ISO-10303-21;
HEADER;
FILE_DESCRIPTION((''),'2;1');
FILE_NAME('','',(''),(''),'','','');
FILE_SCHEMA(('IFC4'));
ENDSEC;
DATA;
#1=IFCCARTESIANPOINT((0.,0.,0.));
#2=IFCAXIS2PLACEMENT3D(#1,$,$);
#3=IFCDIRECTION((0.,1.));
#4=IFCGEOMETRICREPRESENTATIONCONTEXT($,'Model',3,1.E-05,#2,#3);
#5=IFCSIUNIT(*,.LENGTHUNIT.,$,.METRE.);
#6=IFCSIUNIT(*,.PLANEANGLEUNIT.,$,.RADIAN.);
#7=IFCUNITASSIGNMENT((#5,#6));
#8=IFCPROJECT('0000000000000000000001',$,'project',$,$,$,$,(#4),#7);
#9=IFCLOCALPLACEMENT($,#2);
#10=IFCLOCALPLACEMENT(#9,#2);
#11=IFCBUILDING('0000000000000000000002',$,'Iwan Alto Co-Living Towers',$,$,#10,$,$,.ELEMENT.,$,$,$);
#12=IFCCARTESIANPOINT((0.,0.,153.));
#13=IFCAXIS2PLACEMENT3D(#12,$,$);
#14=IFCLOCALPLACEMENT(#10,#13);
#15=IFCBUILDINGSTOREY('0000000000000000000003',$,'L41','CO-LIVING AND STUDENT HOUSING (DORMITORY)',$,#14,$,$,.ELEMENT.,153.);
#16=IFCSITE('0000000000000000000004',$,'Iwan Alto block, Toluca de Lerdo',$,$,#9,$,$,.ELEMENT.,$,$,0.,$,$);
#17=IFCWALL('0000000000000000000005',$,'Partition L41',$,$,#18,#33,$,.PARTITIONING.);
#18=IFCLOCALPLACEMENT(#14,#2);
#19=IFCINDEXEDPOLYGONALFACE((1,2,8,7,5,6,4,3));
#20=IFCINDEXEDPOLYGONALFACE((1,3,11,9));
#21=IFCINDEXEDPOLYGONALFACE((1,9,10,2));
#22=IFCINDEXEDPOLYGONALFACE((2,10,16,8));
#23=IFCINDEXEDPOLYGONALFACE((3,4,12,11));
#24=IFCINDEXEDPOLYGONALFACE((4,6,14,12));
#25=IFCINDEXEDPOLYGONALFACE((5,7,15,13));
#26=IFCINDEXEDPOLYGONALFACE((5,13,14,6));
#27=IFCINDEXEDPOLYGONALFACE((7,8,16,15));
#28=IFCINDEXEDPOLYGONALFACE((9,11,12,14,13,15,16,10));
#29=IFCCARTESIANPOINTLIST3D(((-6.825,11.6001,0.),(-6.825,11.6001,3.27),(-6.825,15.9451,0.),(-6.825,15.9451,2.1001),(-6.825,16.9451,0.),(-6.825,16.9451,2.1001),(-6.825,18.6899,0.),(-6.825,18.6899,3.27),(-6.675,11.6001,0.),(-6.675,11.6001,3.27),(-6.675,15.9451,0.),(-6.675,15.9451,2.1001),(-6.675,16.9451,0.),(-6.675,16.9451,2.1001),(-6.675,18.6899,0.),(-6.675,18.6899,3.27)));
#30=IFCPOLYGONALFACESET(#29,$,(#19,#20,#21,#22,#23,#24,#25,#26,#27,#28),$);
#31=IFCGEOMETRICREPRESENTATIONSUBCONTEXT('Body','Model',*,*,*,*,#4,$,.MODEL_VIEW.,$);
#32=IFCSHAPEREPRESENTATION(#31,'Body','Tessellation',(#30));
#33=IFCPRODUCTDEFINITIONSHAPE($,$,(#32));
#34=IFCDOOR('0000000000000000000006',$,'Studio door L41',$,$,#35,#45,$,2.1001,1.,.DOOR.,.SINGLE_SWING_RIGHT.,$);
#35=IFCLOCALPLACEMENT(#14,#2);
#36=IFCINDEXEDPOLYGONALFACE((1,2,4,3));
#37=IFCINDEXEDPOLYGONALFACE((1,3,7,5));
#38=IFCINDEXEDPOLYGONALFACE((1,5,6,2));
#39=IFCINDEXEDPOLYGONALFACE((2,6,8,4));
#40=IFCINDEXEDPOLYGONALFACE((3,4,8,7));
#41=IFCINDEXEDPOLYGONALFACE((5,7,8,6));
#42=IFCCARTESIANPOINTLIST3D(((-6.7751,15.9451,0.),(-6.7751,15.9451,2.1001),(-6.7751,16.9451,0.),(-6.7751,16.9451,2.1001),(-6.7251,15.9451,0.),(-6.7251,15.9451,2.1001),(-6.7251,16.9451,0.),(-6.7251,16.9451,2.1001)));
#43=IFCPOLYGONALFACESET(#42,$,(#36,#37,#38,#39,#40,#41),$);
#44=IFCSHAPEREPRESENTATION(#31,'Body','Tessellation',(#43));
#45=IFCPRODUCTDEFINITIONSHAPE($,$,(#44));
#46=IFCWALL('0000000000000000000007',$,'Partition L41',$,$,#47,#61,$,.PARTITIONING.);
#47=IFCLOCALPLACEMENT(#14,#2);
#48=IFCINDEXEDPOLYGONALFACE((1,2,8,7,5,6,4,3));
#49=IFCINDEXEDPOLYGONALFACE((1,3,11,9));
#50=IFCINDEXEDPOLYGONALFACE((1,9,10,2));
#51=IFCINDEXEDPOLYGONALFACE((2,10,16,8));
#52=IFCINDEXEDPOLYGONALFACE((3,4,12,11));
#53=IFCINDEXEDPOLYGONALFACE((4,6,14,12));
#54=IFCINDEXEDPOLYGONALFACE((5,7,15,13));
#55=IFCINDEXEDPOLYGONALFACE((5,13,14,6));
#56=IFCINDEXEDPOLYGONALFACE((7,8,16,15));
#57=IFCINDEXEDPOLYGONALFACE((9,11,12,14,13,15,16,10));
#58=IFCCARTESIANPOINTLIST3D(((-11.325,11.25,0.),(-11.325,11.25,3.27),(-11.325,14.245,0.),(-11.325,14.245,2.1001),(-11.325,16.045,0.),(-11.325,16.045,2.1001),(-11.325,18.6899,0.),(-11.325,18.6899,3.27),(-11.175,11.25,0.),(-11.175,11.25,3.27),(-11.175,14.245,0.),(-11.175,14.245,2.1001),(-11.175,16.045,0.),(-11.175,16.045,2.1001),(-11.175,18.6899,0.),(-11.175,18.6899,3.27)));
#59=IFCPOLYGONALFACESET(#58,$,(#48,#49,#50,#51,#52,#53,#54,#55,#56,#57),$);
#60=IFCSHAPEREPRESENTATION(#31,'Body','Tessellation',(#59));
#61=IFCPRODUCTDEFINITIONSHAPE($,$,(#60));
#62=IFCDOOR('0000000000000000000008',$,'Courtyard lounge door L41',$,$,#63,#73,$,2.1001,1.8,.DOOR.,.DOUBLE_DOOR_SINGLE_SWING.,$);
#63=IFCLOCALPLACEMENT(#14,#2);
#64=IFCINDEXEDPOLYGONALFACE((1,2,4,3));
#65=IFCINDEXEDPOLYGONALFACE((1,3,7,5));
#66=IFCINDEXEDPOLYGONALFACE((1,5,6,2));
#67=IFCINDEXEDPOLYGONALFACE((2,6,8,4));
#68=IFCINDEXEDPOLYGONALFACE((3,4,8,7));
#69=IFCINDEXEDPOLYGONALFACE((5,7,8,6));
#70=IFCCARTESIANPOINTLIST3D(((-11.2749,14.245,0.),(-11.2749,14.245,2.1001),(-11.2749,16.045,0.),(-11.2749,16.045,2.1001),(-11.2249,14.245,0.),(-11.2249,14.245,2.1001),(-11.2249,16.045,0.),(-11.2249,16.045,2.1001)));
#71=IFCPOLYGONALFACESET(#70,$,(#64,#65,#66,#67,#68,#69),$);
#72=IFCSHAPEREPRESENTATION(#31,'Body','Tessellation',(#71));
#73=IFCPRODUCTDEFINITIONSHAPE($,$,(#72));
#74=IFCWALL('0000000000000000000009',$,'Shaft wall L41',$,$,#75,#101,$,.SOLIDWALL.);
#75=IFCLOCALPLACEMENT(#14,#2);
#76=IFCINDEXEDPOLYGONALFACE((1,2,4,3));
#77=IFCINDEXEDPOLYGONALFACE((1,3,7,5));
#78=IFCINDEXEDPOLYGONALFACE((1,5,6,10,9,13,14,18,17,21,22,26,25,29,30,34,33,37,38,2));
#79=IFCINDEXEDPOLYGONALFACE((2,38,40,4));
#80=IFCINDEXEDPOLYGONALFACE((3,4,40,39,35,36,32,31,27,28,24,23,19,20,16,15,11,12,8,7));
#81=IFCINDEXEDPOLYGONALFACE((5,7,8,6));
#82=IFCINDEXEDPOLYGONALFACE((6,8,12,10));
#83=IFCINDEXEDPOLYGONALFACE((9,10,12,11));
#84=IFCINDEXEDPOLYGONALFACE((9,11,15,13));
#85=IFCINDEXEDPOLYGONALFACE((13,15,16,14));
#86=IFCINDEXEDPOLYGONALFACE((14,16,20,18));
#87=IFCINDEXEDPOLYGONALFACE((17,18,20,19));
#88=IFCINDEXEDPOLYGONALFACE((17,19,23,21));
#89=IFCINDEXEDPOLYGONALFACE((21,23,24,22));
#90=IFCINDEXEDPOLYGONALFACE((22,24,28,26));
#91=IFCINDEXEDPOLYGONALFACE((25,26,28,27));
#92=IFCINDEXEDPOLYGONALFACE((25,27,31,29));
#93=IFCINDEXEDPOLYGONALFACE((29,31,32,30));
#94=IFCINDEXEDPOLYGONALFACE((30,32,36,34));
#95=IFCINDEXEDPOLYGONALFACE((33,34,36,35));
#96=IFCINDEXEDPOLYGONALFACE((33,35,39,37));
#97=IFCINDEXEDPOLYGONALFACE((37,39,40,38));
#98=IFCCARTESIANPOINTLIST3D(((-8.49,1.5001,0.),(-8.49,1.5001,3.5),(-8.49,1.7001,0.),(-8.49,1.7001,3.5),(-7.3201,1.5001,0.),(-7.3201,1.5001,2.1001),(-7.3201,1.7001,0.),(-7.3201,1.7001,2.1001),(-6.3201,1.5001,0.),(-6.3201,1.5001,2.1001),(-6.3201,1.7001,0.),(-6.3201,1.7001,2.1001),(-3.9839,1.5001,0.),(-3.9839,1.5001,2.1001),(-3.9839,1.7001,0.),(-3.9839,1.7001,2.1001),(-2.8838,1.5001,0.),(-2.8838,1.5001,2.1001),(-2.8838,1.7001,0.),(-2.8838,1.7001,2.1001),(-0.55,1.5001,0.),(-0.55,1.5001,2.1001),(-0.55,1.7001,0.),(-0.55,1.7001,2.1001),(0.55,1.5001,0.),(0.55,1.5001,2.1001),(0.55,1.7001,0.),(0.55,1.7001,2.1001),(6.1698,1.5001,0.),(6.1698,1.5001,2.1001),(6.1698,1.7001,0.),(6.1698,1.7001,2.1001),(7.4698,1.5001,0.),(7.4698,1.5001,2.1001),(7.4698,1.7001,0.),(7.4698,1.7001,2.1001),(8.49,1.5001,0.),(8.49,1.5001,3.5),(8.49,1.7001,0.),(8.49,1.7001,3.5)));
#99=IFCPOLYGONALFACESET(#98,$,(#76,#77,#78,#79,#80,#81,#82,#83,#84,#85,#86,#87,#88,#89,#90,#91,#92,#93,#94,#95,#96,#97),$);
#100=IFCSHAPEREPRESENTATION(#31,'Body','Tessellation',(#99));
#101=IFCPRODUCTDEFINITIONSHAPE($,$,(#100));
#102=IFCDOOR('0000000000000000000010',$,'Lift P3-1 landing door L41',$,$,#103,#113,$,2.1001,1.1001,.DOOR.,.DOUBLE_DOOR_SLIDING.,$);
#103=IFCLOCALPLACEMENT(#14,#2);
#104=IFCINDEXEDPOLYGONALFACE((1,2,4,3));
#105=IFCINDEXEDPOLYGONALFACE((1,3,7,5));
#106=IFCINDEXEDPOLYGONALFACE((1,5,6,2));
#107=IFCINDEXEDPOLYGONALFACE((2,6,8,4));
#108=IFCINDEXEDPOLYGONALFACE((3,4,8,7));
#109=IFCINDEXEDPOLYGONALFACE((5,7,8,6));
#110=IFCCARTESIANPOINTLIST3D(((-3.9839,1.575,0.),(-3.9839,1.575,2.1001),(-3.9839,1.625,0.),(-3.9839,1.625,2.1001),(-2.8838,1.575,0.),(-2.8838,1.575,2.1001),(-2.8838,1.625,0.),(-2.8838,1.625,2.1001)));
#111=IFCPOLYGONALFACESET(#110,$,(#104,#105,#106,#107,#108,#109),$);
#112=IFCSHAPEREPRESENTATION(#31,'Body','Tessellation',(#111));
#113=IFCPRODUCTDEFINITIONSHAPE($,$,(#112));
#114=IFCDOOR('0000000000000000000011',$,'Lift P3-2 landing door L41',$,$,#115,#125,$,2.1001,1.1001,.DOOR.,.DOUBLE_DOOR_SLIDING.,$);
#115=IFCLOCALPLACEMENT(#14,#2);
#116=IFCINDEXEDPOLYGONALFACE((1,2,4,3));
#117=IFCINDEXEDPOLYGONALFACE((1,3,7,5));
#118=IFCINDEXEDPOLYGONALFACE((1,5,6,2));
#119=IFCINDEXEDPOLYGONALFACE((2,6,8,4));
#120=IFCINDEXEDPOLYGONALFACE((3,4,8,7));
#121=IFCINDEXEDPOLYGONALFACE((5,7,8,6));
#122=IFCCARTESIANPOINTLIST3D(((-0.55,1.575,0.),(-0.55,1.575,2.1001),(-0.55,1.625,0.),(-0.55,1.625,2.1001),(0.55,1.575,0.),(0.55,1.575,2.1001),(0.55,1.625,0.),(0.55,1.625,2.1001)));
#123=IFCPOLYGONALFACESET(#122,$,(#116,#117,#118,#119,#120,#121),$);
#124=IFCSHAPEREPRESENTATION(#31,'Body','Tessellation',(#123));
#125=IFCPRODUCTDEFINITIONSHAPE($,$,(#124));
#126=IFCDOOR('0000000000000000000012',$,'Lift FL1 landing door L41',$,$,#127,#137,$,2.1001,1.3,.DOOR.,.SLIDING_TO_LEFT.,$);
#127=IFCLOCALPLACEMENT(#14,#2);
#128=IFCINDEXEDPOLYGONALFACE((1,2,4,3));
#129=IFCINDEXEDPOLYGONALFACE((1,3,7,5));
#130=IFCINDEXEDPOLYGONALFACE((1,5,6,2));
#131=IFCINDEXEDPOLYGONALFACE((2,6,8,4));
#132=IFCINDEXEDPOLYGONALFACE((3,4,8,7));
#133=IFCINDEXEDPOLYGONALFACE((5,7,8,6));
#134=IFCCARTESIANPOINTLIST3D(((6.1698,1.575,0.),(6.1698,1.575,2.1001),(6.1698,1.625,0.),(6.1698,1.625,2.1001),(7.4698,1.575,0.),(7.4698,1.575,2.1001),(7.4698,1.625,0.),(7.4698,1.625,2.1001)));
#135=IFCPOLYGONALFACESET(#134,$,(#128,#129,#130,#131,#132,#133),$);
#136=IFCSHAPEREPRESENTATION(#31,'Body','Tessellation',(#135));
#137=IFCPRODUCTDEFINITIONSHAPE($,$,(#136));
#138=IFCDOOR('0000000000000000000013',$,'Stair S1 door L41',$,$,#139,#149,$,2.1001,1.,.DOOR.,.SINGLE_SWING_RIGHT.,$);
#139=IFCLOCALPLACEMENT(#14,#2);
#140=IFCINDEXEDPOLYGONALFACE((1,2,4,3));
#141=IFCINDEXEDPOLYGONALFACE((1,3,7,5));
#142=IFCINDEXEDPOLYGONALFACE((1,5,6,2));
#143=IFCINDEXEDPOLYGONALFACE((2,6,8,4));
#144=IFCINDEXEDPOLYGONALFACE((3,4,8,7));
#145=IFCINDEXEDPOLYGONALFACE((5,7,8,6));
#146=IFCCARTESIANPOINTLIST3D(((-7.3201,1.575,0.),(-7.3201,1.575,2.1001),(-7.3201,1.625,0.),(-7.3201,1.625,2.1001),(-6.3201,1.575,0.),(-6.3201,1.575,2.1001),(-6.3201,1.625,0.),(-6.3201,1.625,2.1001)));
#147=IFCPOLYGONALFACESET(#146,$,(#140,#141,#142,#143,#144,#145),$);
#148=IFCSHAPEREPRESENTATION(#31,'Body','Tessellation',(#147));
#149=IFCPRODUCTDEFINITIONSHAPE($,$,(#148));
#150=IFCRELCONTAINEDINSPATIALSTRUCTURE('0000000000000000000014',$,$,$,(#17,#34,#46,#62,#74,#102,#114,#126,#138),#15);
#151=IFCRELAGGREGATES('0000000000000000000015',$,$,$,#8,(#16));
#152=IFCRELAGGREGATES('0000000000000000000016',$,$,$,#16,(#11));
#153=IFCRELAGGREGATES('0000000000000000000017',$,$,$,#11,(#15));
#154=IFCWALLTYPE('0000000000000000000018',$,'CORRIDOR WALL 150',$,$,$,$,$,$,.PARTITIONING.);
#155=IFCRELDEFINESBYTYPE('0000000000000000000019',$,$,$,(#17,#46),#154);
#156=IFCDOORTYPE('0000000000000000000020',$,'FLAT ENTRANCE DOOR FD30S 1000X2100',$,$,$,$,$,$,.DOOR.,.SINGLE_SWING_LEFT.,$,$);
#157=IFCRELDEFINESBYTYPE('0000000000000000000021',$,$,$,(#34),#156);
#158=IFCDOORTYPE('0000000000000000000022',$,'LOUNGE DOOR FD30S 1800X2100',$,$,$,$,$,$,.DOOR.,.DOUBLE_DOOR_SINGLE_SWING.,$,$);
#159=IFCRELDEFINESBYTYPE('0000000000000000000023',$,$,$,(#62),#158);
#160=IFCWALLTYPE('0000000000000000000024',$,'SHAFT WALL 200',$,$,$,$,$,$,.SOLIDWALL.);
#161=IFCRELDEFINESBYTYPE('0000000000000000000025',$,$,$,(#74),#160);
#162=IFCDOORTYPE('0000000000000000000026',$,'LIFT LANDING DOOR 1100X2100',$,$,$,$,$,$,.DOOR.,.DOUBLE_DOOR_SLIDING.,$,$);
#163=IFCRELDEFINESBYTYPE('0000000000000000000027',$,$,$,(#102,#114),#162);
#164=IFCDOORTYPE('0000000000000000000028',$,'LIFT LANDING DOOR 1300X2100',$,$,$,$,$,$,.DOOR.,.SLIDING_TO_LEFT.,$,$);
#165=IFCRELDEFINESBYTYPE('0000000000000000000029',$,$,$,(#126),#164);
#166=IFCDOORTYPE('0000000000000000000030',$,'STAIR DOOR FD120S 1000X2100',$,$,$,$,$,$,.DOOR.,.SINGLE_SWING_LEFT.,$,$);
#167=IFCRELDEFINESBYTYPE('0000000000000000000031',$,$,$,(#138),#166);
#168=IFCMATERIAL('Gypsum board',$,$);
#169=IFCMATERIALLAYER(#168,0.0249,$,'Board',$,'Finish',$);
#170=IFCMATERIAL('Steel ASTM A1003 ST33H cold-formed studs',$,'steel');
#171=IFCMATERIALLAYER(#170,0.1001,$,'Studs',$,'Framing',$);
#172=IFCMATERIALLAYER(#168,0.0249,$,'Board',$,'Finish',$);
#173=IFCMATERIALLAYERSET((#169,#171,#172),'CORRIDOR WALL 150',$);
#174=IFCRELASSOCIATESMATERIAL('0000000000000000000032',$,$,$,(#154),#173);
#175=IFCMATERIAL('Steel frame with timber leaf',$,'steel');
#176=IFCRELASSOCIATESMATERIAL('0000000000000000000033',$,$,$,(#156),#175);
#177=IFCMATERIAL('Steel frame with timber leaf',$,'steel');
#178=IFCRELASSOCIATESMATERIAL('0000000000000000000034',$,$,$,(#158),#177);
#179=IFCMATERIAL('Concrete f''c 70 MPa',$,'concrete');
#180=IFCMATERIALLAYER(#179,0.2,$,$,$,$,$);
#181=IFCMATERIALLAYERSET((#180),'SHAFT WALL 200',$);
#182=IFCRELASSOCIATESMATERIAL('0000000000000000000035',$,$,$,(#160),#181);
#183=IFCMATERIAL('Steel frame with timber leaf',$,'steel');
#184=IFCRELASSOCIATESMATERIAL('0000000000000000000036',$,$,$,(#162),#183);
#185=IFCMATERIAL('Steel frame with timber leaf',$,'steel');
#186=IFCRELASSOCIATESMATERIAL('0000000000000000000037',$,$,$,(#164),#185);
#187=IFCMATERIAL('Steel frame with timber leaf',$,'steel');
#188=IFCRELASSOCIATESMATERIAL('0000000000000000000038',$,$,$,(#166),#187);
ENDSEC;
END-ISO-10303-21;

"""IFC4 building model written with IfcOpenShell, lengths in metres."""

from ifc_helpers import new_model, si_unit, direction, frame, frame_2d, origin, place, context, subcontext, project, spatial, rectangle, extrude, material, layer, layer_set, type_object, element, fill, save


model = new_model("IFC4")

# Units and contexts
model_context = context("Model", 3, precision=1e-05, world=origin(), true_north=direction((0.0, 1.0)))
body_context = subcontext(model_context, "Body", "Model", "MODEL_VIEW")
ifc_project = project(units=[si_unit("LENGTHUNIT", "METRE"), si_unit("PLANEANGLEUNIT", "RADIAN")], contexts=[model_context])

# Site, building, storey
site_placement = place(None, origin())
site = spatial("IfcSite", under=ifc_project, at=site_placement, Name="Iwan Alto block, Toluca de Lerdo", CompositionType="ELEMENT", RefElevation=0.0)
building_placement = place(site_placement, origin())
building = spatial("IfcBuilding", under=site, at=building_placement, Name="Iwan Alto Co-Living Towers", CompositionType="ELEMENT")
storey_placement = place(building_placement, frame((0.0, 0.0, 153.0)))
storey = spatial("IfcBuildingStorey", under=building, at=storey_placement, Name="L41", Description="CO-LIVING AND STUDENT HOUSING (DORMITORY)", CompositionType="ELEMENT", Elevation=153.0)

# Shared definitions
ifc_material_1 = material(Name="Gypsum board")
ifc_layer_1 = layer(ifc_material_1, 0.0249, Name="Board", Category="Finish")
ifc_material_2 = material(Name="Steel ASTM A1003 ST33H cold-formed studs", Category="steel")
ifc_layer_2 = layer(ifc_material_2, 0.1001, Name="Studs", Category="Framing")
ifc_layer_3 = layer(ifc_material_1, 0.0249, Name="Board", Category="Finish")
ifc_layer_set_1 = layer_set([ifc_layer_1, ifc_layer_2, ifc_layer_3], Name="CORRIDOR WALL 150")
wall_type_1 = type_object("IfcWallType", Name="CORRIDOR WALL 150", PredefinedType="PARTITIONING", material=ifc_layer_set_1)
ifc_material_3 = material(Name="Steel frame with timber leaf", Category="steel")
door_type_1 = type_object("IfcDoorType", Name="FLAT ENTRANCE DOOR FD30S 1000X2100", OperationType="SINGLE_SWING_LEFT", PredefinedType="DOOR", material=ifc_material_3)
ifc_material_4 = material(Name="Steel frame with timber leaf", Category="steel")
door_type_2 = type_object("IfcDoorType", Name="LOUNGE DOOR FD30S 1800X2100", OperationType="DOUBLE_DOOR_SINGLE_SWING", PredefinedType="DOOR", material=ifc_material_4)

# Walls, openings, doors
wall_1_placement = place(storey_placement, frame((-6.75, 11.6001, 0.0), z_axis=(0.0, 0.0, 1.0), x_axis=(0.0, 1.0, 0.0)))
wall_1 = element("IfcWall", 1, at=wall_1_placement, inside=storey, type_object=wall_type_1, Name="Partition L41", PredefinedType="PARTITIONING", context=body_context, shape_type="SweptSolid", body=[
    extrude(rectangle(XDim=7.0898, YDim=0.1499, at=frame_2d((3.5449, 0.0))), origin(), (0.0, 0.0, 1.0), 3.27),
])
opening_1_placement = place(wall_1_placement, frame((4.345, 0.0, 0.0)))
opening_1 = element("IfcOpeningElement", 2, at=opening_1_placement, cuts=wall_1, PredefinedType="OPENING", context=body_context, shape_type="SweptSolid", body=[
    extrude(rectangle(XDim=1.0, YDim=2.1001, at=frame_2d((0.5, 1.05))), frame((0.0, 0.085, 0.0), z_axis=(0.0, -1.0, 0.0), x_axis=(1.0, 0.0, 0.0)), (0.0, 0.0, 1.0), 0.1699),
])
door_1_placement = place(opening_1_placement, frame((1.0, 0.0, 0.0), z_axis=(0.0, 0.0, 1.0), x_axis=(-1.0, 0.0, 0.0)))
door_1 = element("IfcDoor", 3, at=door_1_placement, inside=storey, type_object=door_type_1, Name="Studio door L41", OperationType="SINGLE_SWING_RIGHT", OverallHeight=2.1001, OverallWidth=1.0, PredefinedType="DOOR", context=body_context, shape_type="SweptSolid", body=[
    extrude(rectangle(XDim=1.0, YDim=2.1001, at=frame_2d((0.5, 1.05))), frame((0.0, 0.0249, 0.0), z_axis=(0.0, -1.0, 0.0), x_axis=(1.0, 0.0, 0.0)), (0.0, 0.0, 1.0), 0.05),
])
fill(opening_1, door_1)
wall_2_placement = place(storey_placement, frame((-11.25, 11.25, 0.0), z_axis=(0.0, 0.0, 1.0), x_axis=(0.0, 1.0, 0.0)))
wall_2 = element("IfcWall", 4, at=wall_2_placement, inside=storey, type_object=wall_type_1, Name="Partition L41", PredefinedType="PARTITIONING", context=body_context, shape_type="SweptSolid", body=[
    extrude(rectangle(XDim=7.4399, YDim=0.1499, at=frame_2d((3.72, 0.0))), origin(), (0.0, 0.0, 1.0), 3.27),
])
opening_2_placement = place(wall_2_placement, frame((2.9951, 0.0, 0.0)))
opening_2 = element("IfcOpeningElement", 5, at=opening_2_placement, cuts=wall_2, PredefinedType="OPENING", context=body_context, shape_type="SweptSolid", body=[
    extrude(rectangle(XDim=1.8, YDim=2.1001, at=frame_2d((0.8999, 1.05))), frame((0.0, 0.085, 0.0), z_axis=(0.0, -1.0, 0.0), x_axis=(1.0, 0.0, 0.0)), (0.0, 0.0, 1.0), 0.1699),
])
door_2_placement = place(opening_2_placement, origin())
door_2 = element("IfcDoor", 6, at=door_2_placement, inside=storey, type_object=door_type_2, Name="Courtyard lounge door L41", OperationType="DOUBLE_DOOR_SINGLE_SWING", OverallHeight=2.1001, OverallWidth=1.8, PredefinedType="DOOR", context=body_context, shape_type="SweptSolid", body=[
    extrude(rectangle(XDim=1.8, YDim=2.1001, at=frame_2d((0.8999, 1.05))), frame((0.0, 0.0249, 0.0), z_axis=(0.0, -1.0, 0.0), x_axis=(1.0, 0.0, 0.0)), (0.0, 0.0, 1.0), 0.05),
])
fill(opening_2, door_2)

# Wall, openings, doors
ifc_material_5 = material(Name="Concrete f'c 70 MPa", Category="concrete")
ifc_layer_4 = layer(ifc_material_5, 0.2)
ifc_layer_set_2 = layer_set([ifc_layer_4], Name="SHAFT WALL 200")
wall_type_2 = type_object("IfcWallType", Name="SHAFT WALL 200", PredefinedType="SOLIDWALL", material=ifc_layer_set_2)
wall_3_placement = place(storey_placement, frame((-8.49, 1.6001, 0.0), z_axis=(0.0, 0.0, 1.0), x_axis=(1.0, 0.0, 0.0)))
wall_3 = element("IfcWall", 7, at=wall_3_placement, inside=storey, type_object=wall_type_2, Name="Shaft wall L41", PredefinedType="SOLIDWALL", context=body_context, shape_type="SweptSolid", body=[
    extrude(rectangle(XDim=16.98, YDim=0.2, at=frame_2d((8.49, 0.0))), origin(), (0.0, 0.0, 1.0), 3.5),
])
opening_3_placement = place(wall_3_placement, frame((1.1699, 0.0, 0.0)))
opening_3 = element("IfcOpeningElement", 8, at=opening_3_placement, cuts=wall_3, PredefinedType="OPENING", context=body_context, shape_type="SweptSolid", body=[
    extrude(rectangle(XDim=1.0, YDim=2.1001, at=frame_2d((0.5, 1.05))), frame((0.0, 0.1099, 0.0), z_axis=(0.0, -1.0, 0.0), x_axis=(1.0, 0.0, 0.0)), (0.0, 0.0, 1.0), 0.22),
])
opening_4_placement = place(wall_3_placement, frame((4.5061, 0.0, 0.0)))
opening_4 = element("IfcOpeningElement", 9, at=opening_4_placement, cuts=wall_3, PredefinedType="OPENING", context=body_context, shape_type="SweptSolid", body=[
    extrude(rectangle(XDim=1.1001, YDim=2.1001, at=frame_2d((0.55, 1.05))), frame((0.0, 0.1099, 0.0), z_axis=(0.0, -1.0, 0.0), x_axis=(1.0, 0.0, 0.0)), (0.0, 0.0, 1.0), 0.22),
])
opening_5_placement = place(wall_3_placement, frame((7.9399, 0.0, 0.0)))
opening_5 = element("IfcOpeningElement", 10, at=opening_5_placement, cuts=wall_3, PredefinedType="OPENING", context=body_context, shape_type="SweptSolid", body=[
    extrude(rectangle(XDim=1.1001, YDim=2.1001, at=frame_2d((0.55, 1.05))), frame((0.0, 0.1099, 0.0), z_axis=(0.0, -1.0, 0.0), x_axis=(1.0, 0.0, 0.0)), (0.0, 0.0, 1.0), 0.22),
])
opening_6_placement = place(wall_3_placement, frame((14.6599, 0.0, 0.0)))
opening_6 = element("IfcOpeningElement", 11, at=opening_6_placement, cuts=wall_3, PredefinedType="OPENING", context=body_context, shape_type="SweptSolid", body=[
    extrude(rectangle(XDim=1.3, YDim=2.1001, at=frame_2d((0.6499, 1.05))), frame((0.0, 0.1099, 0.0), z_axis=(0.0, -1.0, 0.0), x_axis=(1.0, 0.0, 0.0)), (0.0, 0.0, 1.0), 0.22),
])
ifc_material_6 = material(Name="Steel frame with timber leaf", Category="steel")
door_type_3 = type_object("IfcDoorType", Name="LIFT LANDING DOOR 1100X2100", OperationType="DOUBLE_DOOR_SLIDING", PredefinedType="DOOR", material=ifc_material_6)
door_3_placement = place(opening_4_placement, origin())
door_3 = element("IfcDoor", 12, at=door_3_placement, inside=storey, type_object=door_type_3, Name="Lift P3-1 landing door L41", OperationType="DOUBLE_DOOR_SLIDING", OverallHeight=2.1001, OverallWidth=1.1001, PredefinedType="DOOR", context=body_context, shape_type="SweptSolid", body=[
    extrude(rectangle(XDim=1.1001, YDim=2.1001, at=frame_2d((0.55, 1.05))), frame((0.0, 0.0249, 0.0), z_axis=(0.0, -1.0, 0.0), x_axis=(1.0, 0.0, 0.0)), (0.0, 0.0, 1.0), 0.05),
])
fill(opening_4, door_3)
door_4_placement = place(opening_5_placement, origin())
door_4 = element("IfcDoor", 13, at=door_4_placement, inside=storey, type_object=door_type_3, Name="Lift P3-2 landing door L41", OperationType="DOUBLE_DOOR_SLIDING", OverallHeight=2.1001, OverallWidth=1.1001, PredefinedType="DOOR", context=body_context, shape_type="SweptSolid", body=[
    extrude(rectangle(XDim=1.1001, YDim=2.1001, at=frame_2d((0.55, 1.05))), frame((0.0, 0.0249, 0.0), z_axis=(0.0, -1.0, 0.0), x_axis=(1.0, 0.0, 0.0)), (0.0, 0.0, 1.0), 0.05),
])
fill(opening_5, door_4)
ifc_material_7 = material(Name="Steel frame with timber leaf", Category="steel")
door_type_4 = type_object("IfcDoorType", Name="LIFT LANDING DOOR 1300X2100", OperationType="SLIDING_TO_LEFT", PredefinedType="DOOR", material=ifc_material_7)
door_5_placement = place(opening_6_placement, origin())
door_5 = element("IfcDoor", 14, at=door_5_placement, inside=storey, type_object=door_type_4, Name="Lift FL1 landing door L41", OperationType="SLIDING_TO_LEFT", OverallHeight=2.1001, OverallWidth=1.3, PredefinedType="DOOR", context=body_context, shape_type="SweptSolid", body=[
    extrude(rectangle(XDim=1.3, YDim=2.1001, at=frame_2d((0.6499, 1.05))), frame((0.0, 0.0249, 0.0), z_axis=(0.0, -1.0, 0.0), x_axis=(1.0, 0.0, 0.0)), (0.0, 0.0, 1.0), 0.05),
])
fill(opening_6, door_5)
ifc_material_8 = material(Name="Steel frame with timber leaf", Category="steel")
door_type_5 = type_object("IfcDoorType", Name="STAIR DOOR FD120S 1000X2100", OperationType="SINGLE_SWING_LEFT", PredefinedType="DOOR", material=ifc_material_8)
door_6_placement = place(opening_3_placement, origin())
door_6 = element("IfcDoor", 15, at=door_6_placement, inside=storey, type_object=door_type_5, Name="Stair S1 door L41", OperationType="SINGLE_SWING_RIGHT", OverallHeight=2.1001, OverallWidth=1.0, PredefinedType="DOOR", context=body_context, shape_type="SweptSolid", body=[
    extrude(rectangle(XDim=1.0, YDim=2.1001, at=frame_2d((0.5, 1.05))), frame((0.0, 0.0249, 0.0), z_axis=(0.0, -1.0, 0.0), x_axis=(1.0, 0.0, 0.0)), (0.0, 0.0, 1.0), 0.05),
])
fill(opening_3, door_6)

save(model, "model.ifc")
